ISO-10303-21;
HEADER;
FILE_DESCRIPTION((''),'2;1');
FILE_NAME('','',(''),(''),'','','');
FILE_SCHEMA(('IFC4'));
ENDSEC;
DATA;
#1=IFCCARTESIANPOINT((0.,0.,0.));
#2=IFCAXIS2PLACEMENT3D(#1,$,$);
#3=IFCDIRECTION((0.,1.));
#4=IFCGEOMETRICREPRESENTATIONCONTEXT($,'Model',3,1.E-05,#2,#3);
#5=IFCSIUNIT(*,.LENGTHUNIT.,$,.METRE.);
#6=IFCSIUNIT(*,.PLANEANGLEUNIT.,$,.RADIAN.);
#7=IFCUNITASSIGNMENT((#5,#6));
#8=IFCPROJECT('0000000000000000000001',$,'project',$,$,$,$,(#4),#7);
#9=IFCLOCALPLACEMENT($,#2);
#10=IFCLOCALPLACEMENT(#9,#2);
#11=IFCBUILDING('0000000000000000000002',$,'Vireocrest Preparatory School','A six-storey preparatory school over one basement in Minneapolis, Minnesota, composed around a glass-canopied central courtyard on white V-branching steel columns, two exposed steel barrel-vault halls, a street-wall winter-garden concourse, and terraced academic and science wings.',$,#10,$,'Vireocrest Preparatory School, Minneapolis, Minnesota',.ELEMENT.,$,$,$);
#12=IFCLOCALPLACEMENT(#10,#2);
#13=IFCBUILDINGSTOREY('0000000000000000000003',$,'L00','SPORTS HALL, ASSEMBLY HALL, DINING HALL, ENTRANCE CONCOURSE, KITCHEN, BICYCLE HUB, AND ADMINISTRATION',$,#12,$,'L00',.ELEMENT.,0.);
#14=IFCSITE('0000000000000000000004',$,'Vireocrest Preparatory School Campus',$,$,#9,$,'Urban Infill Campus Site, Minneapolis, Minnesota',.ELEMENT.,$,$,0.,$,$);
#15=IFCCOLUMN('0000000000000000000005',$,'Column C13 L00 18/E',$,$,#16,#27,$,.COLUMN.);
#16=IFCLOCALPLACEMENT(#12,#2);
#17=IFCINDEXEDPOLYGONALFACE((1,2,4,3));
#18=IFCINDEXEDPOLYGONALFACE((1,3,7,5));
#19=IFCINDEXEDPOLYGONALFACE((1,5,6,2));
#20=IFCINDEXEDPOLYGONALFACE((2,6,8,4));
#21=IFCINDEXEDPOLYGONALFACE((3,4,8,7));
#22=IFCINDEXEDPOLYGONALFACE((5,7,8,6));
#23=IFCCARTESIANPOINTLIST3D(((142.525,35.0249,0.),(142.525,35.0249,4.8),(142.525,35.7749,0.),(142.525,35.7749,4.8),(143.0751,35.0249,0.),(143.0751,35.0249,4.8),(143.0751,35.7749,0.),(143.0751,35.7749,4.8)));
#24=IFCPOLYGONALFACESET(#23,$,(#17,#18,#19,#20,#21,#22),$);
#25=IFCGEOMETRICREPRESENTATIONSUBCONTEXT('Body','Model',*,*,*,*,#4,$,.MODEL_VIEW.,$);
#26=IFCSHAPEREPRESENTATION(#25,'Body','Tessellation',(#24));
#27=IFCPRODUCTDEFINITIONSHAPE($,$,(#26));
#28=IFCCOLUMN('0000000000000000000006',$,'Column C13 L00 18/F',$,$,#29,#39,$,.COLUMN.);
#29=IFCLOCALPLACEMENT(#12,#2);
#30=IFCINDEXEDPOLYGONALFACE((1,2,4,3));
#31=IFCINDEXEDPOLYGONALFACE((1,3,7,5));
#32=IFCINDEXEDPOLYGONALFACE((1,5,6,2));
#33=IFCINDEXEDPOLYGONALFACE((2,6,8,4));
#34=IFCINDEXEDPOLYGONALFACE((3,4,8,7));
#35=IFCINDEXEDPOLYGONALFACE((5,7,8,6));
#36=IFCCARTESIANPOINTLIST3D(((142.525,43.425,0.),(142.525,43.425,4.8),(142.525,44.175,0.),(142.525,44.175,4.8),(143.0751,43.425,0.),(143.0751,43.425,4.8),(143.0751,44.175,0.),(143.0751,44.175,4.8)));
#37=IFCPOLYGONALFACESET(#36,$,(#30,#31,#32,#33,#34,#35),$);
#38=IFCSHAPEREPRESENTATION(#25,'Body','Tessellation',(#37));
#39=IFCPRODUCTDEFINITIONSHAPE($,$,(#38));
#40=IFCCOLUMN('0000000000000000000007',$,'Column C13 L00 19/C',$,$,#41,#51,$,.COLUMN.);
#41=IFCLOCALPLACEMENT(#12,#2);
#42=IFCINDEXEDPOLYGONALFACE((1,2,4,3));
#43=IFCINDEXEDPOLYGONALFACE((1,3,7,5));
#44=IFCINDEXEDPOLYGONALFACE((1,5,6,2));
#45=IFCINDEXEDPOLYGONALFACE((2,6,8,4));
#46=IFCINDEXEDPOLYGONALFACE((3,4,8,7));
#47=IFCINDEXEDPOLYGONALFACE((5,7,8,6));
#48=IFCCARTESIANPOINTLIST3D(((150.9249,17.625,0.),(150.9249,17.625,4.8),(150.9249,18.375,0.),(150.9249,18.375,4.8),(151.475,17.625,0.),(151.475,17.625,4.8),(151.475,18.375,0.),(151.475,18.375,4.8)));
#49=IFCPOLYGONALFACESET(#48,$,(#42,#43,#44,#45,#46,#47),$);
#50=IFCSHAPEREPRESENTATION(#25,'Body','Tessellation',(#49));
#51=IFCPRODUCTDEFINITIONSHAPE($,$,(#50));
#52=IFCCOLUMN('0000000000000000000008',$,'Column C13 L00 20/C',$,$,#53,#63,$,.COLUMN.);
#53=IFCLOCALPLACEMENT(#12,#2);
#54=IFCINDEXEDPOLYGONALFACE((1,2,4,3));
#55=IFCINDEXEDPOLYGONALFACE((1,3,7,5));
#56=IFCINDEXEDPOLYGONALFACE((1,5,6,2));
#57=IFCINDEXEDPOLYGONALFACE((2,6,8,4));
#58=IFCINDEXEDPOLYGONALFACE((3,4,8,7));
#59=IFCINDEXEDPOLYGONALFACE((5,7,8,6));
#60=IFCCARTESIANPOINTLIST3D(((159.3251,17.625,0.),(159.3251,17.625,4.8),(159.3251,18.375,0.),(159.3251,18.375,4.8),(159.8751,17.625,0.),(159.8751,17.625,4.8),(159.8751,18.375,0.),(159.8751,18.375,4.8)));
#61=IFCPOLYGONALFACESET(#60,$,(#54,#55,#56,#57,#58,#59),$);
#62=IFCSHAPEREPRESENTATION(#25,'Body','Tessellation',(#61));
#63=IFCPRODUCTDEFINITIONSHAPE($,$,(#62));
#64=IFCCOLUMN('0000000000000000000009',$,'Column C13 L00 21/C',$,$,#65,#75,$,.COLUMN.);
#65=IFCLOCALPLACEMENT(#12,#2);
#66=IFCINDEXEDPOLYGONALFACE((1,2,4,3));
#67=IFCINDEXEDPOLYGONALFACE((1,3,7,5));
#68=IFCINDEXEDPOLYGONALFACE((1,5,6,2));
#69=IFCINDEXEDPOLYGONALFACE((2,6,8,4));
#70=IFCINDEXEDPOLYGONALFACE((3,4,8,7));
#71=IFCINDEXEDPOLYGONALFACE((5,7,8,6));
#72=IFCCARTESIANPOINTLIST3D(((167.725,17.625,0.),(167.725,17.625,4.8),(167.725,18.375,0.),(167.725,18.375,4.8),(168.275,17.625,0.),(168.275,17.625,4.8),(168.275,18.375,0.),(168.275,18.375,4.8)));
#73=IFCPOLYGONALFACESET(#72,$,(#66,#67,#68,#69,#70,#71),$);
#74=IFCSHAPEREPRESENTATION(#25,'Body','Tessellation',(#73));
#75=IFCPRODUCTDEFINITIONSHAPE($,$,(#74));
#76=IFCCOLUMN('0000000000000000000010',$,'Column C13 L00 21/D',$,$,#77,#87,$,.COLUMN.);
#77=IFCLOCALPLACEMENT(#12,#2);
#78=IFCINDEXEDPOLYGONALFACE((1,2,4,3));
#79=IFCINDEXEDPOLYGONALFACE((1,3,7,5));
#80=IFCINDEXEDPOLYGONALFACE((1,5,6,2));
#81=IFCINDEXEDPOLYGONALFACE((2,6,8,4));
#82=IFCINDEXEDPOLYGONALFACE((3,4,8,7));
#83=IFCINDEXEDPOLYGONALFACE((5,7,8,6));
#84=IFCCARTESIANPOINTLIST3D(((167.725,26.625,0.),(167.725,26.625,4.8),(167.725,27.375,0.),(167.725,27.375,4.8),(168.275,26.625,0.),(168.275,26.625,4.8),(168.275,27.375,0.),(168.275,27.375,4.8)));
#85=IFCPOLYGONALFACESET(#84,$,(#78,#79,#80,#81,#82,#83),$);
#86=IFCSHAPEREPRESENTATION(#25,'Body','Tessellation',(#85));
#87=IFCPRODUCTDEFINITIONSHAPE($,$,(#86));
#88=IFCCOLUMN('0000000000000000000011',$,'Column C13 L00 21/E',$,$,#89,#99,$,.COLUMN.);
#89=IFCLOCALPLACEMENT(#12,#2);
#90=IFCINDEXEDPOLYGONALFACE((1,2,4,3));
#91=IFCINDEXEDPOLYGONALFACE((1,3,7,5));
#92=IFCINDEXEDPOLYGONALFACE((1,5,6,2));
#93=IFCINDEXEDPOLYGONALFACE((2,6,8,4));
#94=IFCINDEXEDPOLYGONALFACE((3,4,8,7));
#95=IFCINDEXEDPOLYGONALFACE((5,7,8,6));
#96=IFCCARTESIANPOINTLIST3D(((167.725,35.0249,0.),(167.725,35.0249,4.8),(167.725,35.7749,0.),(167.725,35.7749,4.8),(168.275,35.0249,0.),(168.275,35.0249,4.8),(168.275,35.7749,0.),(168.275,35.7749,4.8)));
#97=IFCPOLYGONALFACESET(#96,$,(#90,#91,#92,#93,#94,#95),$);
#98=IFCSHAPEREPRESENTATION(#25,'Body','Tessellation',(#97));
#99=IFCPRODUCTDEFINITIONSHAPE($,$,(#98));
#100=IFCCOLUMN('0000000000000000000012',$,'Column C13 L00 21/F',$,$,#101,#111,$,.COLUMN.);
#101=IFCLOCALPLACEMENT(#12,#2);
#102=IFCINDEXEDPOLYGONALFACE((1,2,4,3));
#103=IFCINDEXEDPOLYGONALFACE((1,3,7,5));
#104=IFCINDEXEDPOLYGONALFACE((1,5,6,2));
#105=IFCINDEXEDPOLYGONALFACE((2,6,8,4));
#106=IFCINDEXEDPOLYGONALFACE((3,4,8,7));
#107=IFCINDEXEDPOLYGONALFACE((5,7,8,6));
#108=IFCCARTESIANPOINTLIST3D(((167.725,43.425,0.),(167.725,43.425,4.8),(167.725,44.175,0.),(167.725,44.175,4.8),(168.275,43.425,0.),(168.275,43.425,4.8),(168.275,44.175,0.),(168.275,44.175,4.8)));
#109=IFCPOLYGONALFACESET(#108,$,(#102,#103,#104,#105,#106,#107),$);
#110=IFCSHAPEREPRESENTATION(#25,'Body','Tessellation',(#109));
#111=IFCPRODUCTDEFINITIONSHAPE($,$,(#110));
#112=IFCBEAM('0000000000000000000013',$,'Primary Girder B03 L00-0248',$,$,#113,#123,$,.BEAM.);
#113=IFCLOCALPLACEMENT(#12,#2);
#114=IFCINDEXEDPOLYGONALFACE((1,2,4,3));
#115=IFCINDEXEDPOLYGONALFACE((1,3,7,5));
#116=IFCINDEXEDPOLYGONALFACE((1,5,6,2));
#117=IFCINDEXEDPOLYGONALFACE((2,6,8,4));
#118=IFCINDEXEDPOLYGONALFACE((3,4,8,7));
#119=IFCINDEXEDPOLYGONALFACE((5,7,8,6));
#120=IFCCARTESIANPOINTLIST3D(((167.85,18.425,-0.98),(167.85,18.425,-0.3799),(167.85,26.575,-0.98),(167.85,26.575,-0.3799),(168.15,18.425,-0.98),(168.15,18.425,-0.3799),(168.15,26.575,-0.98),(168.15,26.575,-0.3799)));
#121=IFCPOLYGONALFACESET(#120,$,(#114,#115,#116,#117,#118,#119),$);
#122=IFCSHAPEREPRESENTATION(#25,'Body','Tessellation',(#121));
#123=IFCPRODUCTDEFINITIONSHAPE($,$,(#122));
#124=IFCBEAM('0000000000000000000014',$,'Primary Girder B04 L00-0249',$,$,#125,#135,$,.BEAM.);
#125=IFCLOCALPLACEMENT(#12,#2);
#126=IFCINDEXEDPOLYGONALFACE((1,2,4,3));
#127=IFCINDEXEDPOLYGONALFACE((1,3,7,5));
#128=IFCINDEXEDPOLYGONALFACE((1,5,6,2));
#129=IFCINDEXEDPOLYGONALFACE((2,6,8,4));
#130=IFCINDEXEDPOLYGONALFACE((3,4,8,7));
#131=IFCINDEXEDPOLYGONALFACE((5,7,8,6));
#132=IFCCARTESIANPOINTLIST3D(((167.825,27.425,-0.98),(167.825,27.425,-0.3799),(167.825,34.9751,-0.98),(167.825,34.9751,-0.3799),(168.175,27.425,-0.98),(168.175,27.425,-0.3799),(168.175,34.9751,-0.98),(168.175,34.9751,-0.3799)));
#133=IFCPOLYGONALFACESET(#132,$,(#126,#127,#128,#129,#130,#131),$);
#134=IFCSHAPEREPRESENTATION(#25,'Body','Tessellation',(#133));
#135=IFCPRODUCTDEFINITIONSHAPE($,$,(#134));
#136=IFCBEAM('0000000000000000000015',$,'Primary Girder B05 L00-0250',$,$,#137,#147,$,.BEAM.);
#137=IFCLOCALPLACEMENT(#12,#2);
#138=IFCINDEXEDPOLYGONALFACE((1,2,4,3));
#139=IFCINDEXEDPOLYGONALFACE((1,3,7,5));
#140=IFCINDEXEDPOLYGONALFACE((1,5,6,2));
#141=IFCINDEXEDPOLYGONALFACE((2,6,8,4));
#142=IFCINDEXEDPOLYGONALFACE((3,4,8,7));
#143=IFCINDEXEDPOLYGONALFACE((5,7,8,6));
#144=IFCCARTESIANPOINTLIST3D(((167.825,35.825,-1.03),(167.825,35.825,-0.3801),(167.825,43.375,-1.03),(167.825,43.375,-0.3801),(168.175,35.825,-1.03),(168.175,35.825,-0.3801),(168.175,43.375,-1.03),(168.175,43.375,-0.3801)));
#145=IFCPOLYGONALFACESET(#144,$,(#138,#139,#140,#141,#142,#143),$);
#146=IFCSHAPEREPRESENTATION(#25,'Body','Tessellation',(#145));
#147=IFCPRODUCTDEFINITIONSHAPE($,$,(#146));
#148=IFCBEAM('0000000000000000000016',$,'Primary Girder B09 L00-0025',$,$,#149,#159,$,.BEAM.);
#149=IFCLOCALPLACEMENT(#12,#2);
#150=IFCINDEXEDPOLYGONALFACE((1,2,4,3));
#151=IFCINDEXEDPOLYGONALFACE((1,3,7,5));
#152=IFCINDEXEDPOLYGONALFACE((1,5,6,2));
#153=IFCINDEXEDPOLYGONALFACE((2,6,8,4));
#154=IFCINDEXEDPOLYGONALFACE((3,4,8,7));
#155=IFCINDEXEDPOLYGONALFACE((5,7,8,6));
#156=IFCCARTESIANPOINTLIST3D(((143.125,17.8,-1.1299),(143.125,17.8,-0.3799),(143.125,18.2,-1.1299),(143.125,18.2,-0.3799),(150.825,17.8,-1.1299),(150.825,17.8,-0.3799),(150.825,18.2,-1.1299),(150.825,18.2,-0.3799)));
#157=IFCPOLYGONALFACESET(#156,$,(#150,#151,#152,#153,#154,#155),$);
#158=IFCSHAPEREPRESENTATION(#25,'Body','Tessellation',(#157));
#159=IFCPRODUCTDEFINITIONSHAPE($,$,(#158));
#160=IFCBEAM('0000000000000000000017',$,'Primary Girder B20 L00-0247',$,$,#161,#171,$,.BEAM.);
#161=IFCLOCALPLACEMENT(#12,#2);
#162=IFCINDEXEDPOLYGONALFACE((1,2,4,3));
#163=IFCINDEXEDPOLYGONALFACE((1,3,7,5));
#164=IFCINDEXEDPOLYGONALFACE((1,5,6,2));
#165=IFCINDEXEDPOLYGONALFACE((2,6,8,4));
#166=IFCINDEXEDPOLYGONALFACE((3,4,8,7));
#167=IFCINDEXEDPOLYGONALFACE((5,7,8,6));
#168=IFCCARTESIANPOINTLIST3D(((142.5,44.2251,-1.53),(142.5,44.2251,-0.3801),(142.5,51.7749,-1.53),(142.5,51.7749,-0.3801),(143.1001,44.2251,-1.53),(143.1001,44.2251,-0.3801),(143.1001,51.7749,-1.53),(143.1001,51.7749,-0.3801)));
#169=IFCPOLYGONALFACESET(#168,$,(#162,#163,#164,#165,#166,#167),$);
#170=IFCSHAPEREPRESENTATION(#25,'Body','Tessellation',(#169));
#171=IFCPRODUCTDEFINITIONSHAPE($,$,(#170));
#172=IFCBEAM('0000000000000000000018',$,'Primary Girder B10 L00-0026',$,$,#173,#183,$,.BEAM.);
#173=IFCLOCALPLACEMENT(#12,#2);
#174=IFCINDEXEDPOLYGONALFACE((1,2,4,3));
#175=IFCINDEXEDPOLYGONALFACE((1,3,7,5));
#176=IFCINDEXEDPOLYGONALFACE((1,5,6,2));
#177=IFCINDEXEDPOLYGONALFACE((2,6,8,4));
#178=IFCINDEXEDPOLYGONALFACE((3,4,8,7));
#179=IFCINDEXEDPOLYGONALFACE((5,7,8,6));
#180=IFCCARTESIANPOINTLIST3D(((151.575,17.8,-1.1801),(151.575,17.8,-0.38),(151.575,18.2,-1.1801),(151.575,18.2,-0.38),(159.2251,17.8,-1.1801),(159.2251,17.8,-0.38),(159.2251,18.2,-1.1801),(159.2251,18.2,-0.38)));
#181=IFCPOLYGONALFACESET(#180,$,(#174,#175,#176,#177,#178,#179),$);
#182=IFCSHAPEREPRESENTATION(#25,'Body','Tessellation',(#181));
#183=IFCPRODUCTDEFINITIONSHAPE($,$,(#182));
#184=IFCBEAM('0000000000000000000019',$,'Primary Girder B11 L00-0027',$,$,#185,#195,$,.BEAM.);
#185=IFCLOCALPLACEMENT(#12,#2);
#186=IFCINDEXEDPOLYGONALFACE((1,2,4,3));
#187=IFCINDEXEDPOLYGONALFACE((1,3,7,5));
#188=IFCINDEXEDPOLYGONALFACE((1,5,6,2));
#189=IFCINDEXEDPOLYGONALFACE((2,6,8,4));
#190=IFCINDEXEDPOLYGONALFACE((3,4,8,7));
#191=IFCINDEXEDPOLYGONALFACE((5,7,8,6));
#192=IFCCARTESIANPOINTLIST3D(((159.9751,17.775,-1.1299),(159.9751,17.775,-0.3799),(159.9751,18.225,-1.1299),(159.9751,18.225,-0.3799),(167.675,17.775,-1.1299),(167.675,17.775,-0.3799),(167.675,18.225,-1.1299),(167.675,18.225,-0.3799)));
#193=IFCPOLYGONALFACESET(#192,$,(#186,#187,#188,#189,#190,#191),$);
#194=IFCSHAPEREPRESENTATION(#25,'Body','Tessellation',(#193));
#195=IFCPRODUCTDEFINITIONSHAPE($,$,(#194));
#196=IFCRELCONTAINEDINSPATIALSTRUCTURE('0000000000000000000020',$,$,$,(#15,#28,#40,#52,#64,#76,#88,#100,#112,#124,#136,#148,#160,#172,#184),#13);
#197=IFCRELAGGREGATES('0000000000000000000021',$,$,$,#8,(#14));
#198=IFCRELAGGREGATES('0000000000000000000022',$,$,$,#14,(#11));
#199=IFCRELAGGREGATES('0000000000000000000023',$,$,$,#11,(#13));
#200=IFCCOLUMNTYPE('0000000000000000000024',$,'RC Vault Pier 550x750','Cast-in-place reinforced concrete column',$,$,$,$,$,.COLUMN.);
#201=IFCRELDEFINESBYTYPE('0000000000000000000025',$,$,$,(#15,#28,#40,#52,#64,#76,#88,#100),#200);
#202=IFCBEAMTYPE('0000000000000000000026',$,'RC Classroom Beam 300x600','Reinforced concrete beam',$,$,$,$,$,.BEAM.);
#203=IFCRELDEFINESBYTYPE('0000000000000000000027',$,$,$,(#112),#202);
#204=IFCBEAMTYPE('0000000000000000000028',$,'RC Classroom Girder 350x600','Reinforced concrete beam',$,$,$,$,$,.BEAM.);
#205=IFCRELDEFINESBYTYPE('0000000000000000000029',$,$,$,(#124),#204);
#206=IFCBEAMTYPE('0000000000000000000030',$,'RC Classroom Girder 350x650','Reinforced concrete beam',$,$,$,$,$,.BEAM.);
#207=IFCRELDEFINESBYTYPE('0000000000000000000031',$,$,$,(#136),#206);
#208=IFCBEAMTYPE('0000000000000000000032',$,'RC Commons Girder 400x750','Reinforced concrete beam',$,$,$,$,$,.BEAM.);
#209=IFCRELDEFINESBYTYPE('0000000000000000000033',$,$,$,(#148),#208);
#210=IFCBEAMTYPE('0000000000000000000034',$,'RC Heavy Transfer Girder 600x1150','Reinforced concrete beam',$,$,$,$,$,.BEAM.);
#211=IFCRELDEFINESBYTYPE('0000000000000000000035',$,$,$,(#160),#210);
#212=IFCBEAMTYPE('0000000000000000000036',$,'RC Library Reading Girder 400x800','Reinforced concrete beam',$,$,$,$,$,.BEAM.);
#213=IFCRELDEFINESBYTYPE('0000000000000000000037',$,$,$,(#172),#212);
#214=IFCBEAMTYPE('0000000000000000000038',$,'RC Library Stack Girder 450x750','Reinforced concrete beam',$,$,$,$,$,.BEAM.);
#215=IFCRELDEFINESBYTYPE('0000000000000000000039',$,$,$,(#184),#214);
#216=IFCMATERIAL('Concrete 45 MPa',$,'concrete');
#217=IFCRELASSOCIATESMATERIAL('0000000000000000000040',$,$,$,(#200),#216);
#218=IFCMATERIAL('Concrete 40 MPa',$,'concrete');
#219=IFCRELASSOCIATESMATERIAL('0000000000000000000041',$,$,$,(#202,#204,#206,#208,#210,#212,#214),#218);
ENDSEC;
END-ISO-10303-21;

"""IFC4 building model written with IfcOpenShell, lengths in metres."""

from ifc_helpers import new_model, si_unit, direction, frame, origin, origin_2d, place, context, subcontext, project, spatial, rectangle, extrude, material, material_profile, profile_set, type_object, element, save


model = new_model("IFC4")

# Units and contexts
model_context = context("Model", 3, precision=1e-05, world=origin(), true_north=direction((0.0, 1.0)))
body_context = subcontext(model_context, "Body", "Model", "MODEL_VIEW")
ifc_project = project(units=[si_unit("LENGTHUNIT", "METRE"), si_unit("PLANEANGLEUNIT", "RADIAN")], contexts=[model_context])

# Site, building, storey
site_placement = place(None, origin())
site = spatial("IfcSite", under=ifc_project, at=site_placement, Name="Vireocrest Preparatory School Campus", LongName="Urban Infill Campus Site, Minneapolis, Minnesota", CompositionType="ELEMENT", RefElevation=0.0)
building_placement = place(site_placement, origin())
building = spatial("IfcBuilding", under=site, at=building_placement, Name="Vireocrest Preparatory School", Description="A six-storey preparatory school over one basement in Minneapolis, Minnesota, composed around a glass-canopied central courtyard on white V-branching steel columns, two exposed steel barrel-vault halls, a street-wall winter-garden concourse, and terraced academic and science wings.", LongName="Vireocrest Preparatory School, Minneapolis, Minnesota", CompositionType="ELEMENT")
storey_placement = place(building_placement, origin())
storey = spatial("IfcBuildingStorey", under=building, at=storey_placement, Name="L00", Description="SPORTS HALL, ASSEMBLY HALL, DINING HALL, ENTRANCE CONCOURSE, KITCHEN, BICYCLE HUB, AND ADMINISTRATION", LongName="L00", CompositionType="ELEMENT", Elevation=0.0)

# Columns
ifc_material_1 = material(Name="Concrete 45 MPa", Category="concrete")
ifc_material_profile_1 = material_profile(ifc_material_1, rectangle(XDim=0.55, YDim=0.75, at=origin_2d()), Name="RC 550x750")
ifc_profile_set_1 = profile_set([ifc_material_profile_1], Name="Concrete 45 MPa")
column_type = type_object("IfcColumnType", Name="RC Vault Pier 550x750", Description="Cast-in-place reinforced concrete column", PredefinedType="COLUMN", material=ifc_profile_set_1)
for number, where, z_axis, x_axis, name in (
    (1, (142.8, 35.3999, 0.0), (0.0, 0.0, 1.0), (1.0, 0.0, 0.0), "Column C13 L00 18/E"),
    (2, (142.8, 43.8, 0.0), (0.0, 0.0, 1.0), (1.0, 0.0, 0.0), "Column C13 L00 18/F"),
    (3, (151.2, 18.0, 0.0), (0.0, 0.0, 1.0), (1.0, 0.0, 0.0), "Column C13 L00 19/C"),
    (4, (159.6001, 18.0, 0.0), (0.0, 0.0, 1.0), (1.0, 0.0, 0.0), "Column C13 L00 20/C"),
    (5, (168.0, 18.0, 0.0), (0.0, 0.0, 1.0), (1.0, 0.0, 0.0), "Column C13 L00 21/C"),
    (6, (168.0, 27.0, 0.0), (0.0, 0.0, 1.0), (1.0, 0.0, 0.0), "Column C13 L00 21/D"),
    (7, (168.0, 35.3999, 0.0), (0.0, 0.0, 1.0), (1.0, 0.0, 0.0), "Column C13 L00 21/E"),
    (8, (168.0, 43.8, 0.0), (0.0, 0.0, 1.0), (1.0, 0.0, 0.0), "Column C13 L00 21/F"),
):
    element("IfcColumn", number, at=place(storey_placement, frame(where, z_axis=z_axis, x_axis=x_axis)), inside=storey, type_object=column_type, Name=name, PredefinedType="COLUMN", context=body_context, shape_type="SweptSolid", body=[
        extrude(rectangle(XDim=0.55, YDim=0.75, at=origin_2d()), origin(), (0.0, 0.0, 1.0), 4.8),
    ])

# Beams
ifc_material_2 = material(Name="Concrete 40 MPa", Category="concrete")
ifc_material_profile_2 = material_profile(ifc_material_2, rectangle(XDim=0.3, YDim=0.6001, at=origin_2d()), Name="RC 300x600")
ifc_profile_set_2 = profile_set([ifc_material_profile_2], Name="Concrete 40 MPa")
beam_type_1 = type_object("IfcBeamType", Name="RC Classroom Beam 300x600", Description="Reinforced concrete beam", PredefinedType="BEAM", material=ifc_profile_set_2)
beam_1_placement = place(storey_placement, frame((168.0, 18.425, -0.6799), z_axis=(0.0, 1.0, 0.0), x_axis=(-1.0, 0.0, 0.0)))
element("IfcBeam", 9, at=beam_1_placement, inside=storey, type_object=beam_type_1, Name="Primary Girder B03 L00-0248", PredefinedType="BEAM", context=body_context, shape_type="SweptSolid", body=[
    extrude(rectangle(XDim=0.3, YDim=0.6001, at=origin_2d()), origin(), (0.0, 0.0, 1.0), 8.1499),
])
ifc_material_profile_3 = material_profile(ifc_material_2, rectangle(XDim=0.3501, YDim=0.6001, at=origin_2d()), Name="RC 350x600")
ifc_profile_set_3 = profile_set([ifc_material_profile_3], Name="Concrete 40 MPa")
beam_type_2 = type_object("IfcBeamType", Name="RC Classroom Girder 350x600", Description="Reinforced concrete beam", PredefinedType="BEAM", material=ifc_profile_set_3)
beam_2_placement = place(storey_placement, frame((168.0, 27.425, -0.6799), z_axis=(0.0, 1.0, 0.0), x_axis=(-1.0, 0.0, 0.0)))
element("IfcBeam", 10, at=beam_2_placement, inside=storey, type_object=beam_type_2, Name="Primary Girder B04 L00-0249", PredefinedType="BEAM", context=body_context, shape_type="SweptSolid", body=[
    extrude(rectangle(XDim=0.3501, YDim=0.6001, at=origin_2d()), origin(), (0.0, 0.0, 1.0), 7.55),
])
ifc_material_profile_4 = material_profile(ifc_material_2, rectangle(XDim=0.3501, YDim=0.6499, at=origin_2d()), Name="RC 350x650")
ifc_profile_set_4 = profile_set([ifc_material_profile_4], Name="Concrete 40 MPa")
beam_type_3 = type_object("IfcBeamType", Name="RC Classroom Girder 350x650", Description="Reinforced concrete beam", PredefinedType="BEAM", material=ifc_profile_set_4)
beam_3_placement = place(storey_placement, frame((168.0, 35.825, -0.7051), z_axis=(0.0, 1.0, 0.0), x_axis=(-1.0, 0.0, 0.0)))
element("IfcBeam", 11, at=beam_3_placement, inside=storey, type_object=beam_type_3, Name="Primary Girder B05 L00-0250", PredefinedType="BEAM", context=body_context, shape_type="SweptSolid", body=[
    extrude(rectangle(XDim=0.3501, YDim=0.6499, at=origin_2d()), origin(), (0.0, 0.0, 1.0), 7.55),
])
ifc_material_profile_5 = material_profile(ifc_material_2, rectangle(XDim=0.3999, YDim=0.75, at=origin_2d()), Name="RC 400x750")
ifc_profile_set_5 = profile_set([ifc_material_profile_5], Name="Concrete 40 MPa")
beam_type_4 = type_object("IfcBeamType", Name="RC Commons Girder 400x750", Description="Reinforced concrete beam", PredefinedType="BEAM", material=ifc_profile_set_5)
beam_4_placement = place(storey_placement, frame((143.125, 18.0, -0.7549), z_axis=(1.0, 0.0, 0.0), x_axis=(0.0, 1.0, 0.0)))
element("IfcBeam", 12, at=beam_4_placement, inside=storey, type_object=beam_type_4, Name="Primary Girder B09 L00-0025", PredefinedType="BEAM", context=body_context, shape_type="SweptSolid", body=[
    extrude(rectangle(XDim=0.3999, YDim=0.75, at=origin_2d()), origin(), (0.0, 0.0, 1.0), 7.7),
])
ifc_material_profile_6 = material_profile(ifc_material_2, rectangle(XDim=0.6001, YDim=1.1499, at=origin_2d()), Name="RC 600x1150")
ifc_profile_set_6 = profile_set([ifc_material_profile_6], Name="Concrete 40 MPa")
beam_type_5 = type_object("IfcBeamType", Name="RC Heavy Transfer Girder 600x1150", Description="Reinforced concrete beam", PredefinedType="BEAM", material=ifc_profile_set_6)
beam_5_placement = place(storey_placement, frame((142.8, 44.2251, -0.9551), z_axis=(0.0, 1.0, 0.0), x_axis=(-1.0, 0.0, 0.0)))
element("IfcBeam", 13, at=beam_5_placement, inside=storey, type_object=beam_type_5, Name="Primary Girder B20 L00-0247", PredefinedType="BEAM", context=body_context, shape_type="SweptSolid", body=[
    extrude(rectangle(XDim=0.6001, YDim=1.1499, at=origin_2d()), origin(), (0.0, 0.0, 1.0), 7.5498),
])
ifc_material_profile_7 = material_profile(ifc_material_2, rectangle(XDim=0.3999, YDim=0.8, at=origin_2d()), Name="RC 400x800")
ifc_profile_set_7 = profile_set([ifc_material_profile_7], Name="Concrete 40 MPa")
beam_type_6 = type_object("IfcBeamType", Name="RC Library Reading Girder 400x800", Description="Reinforced concrete beam", PredefinedType="BEAM", material=ifc_profile_set_7)
beam_6_placement = place(storey_placement, frame((151.575, 18.0, -0.78), z_axis=(1.0, 0.0, 0.0), x_axis=(0.0, 1.0, 0.0)))
element("IfcBeam", 14, at=beam_6_placement, inside=storey, type_object=beam_type_6, Name="Primary Girder B10 L00-0026", PredefinedType="BEAM", context=body_context, shape_type="SweptSolid", body=[
    extrude(rectangle(XDim=0.3999, YDim=0.8, at=origin_2d()), origin(), (0.0, 0.0, 1.0), 7.6501),
])
ifc_material_profile_8 = material_profile(ifc_material_2, rectangle(XDim=0.45, YDim=0.75, at=origin_2d()), Name="RC 450x750")
ifc_profile_set_8 = profile_set([ifc_material_profile_8], Name="Concrete 40 MPa")
beam_type_7 = type_object("IfcBeamType", Name="RC Library Stack Girder 450x750", Description="Reinforced concrete beam", PredefinedType="BEAM", material=ifc_profile_set_8)
beam_7_placement = place(storey_placement, frame((159.9751, 18.0, -0.7549), z_axis=(1.0, 0.0, 0.0), x_axis=(0.0, 1.0, 0.0)))
element("IfcBeam", 15, at=beam_7_placement, inside=storey, type_object=beam_type_7, Name="Primary Girder B11 L00-0027", PredefinedType="BEAM", context=body_context, shape_type="SweptSolid", body=[
    extrude(rectangle(XDim=0.45, YDim=0.75, at=origin_2d()), origin(), (0.0, 0.0, 1.0), 7.7),
])

save(model, "model.ifc")
